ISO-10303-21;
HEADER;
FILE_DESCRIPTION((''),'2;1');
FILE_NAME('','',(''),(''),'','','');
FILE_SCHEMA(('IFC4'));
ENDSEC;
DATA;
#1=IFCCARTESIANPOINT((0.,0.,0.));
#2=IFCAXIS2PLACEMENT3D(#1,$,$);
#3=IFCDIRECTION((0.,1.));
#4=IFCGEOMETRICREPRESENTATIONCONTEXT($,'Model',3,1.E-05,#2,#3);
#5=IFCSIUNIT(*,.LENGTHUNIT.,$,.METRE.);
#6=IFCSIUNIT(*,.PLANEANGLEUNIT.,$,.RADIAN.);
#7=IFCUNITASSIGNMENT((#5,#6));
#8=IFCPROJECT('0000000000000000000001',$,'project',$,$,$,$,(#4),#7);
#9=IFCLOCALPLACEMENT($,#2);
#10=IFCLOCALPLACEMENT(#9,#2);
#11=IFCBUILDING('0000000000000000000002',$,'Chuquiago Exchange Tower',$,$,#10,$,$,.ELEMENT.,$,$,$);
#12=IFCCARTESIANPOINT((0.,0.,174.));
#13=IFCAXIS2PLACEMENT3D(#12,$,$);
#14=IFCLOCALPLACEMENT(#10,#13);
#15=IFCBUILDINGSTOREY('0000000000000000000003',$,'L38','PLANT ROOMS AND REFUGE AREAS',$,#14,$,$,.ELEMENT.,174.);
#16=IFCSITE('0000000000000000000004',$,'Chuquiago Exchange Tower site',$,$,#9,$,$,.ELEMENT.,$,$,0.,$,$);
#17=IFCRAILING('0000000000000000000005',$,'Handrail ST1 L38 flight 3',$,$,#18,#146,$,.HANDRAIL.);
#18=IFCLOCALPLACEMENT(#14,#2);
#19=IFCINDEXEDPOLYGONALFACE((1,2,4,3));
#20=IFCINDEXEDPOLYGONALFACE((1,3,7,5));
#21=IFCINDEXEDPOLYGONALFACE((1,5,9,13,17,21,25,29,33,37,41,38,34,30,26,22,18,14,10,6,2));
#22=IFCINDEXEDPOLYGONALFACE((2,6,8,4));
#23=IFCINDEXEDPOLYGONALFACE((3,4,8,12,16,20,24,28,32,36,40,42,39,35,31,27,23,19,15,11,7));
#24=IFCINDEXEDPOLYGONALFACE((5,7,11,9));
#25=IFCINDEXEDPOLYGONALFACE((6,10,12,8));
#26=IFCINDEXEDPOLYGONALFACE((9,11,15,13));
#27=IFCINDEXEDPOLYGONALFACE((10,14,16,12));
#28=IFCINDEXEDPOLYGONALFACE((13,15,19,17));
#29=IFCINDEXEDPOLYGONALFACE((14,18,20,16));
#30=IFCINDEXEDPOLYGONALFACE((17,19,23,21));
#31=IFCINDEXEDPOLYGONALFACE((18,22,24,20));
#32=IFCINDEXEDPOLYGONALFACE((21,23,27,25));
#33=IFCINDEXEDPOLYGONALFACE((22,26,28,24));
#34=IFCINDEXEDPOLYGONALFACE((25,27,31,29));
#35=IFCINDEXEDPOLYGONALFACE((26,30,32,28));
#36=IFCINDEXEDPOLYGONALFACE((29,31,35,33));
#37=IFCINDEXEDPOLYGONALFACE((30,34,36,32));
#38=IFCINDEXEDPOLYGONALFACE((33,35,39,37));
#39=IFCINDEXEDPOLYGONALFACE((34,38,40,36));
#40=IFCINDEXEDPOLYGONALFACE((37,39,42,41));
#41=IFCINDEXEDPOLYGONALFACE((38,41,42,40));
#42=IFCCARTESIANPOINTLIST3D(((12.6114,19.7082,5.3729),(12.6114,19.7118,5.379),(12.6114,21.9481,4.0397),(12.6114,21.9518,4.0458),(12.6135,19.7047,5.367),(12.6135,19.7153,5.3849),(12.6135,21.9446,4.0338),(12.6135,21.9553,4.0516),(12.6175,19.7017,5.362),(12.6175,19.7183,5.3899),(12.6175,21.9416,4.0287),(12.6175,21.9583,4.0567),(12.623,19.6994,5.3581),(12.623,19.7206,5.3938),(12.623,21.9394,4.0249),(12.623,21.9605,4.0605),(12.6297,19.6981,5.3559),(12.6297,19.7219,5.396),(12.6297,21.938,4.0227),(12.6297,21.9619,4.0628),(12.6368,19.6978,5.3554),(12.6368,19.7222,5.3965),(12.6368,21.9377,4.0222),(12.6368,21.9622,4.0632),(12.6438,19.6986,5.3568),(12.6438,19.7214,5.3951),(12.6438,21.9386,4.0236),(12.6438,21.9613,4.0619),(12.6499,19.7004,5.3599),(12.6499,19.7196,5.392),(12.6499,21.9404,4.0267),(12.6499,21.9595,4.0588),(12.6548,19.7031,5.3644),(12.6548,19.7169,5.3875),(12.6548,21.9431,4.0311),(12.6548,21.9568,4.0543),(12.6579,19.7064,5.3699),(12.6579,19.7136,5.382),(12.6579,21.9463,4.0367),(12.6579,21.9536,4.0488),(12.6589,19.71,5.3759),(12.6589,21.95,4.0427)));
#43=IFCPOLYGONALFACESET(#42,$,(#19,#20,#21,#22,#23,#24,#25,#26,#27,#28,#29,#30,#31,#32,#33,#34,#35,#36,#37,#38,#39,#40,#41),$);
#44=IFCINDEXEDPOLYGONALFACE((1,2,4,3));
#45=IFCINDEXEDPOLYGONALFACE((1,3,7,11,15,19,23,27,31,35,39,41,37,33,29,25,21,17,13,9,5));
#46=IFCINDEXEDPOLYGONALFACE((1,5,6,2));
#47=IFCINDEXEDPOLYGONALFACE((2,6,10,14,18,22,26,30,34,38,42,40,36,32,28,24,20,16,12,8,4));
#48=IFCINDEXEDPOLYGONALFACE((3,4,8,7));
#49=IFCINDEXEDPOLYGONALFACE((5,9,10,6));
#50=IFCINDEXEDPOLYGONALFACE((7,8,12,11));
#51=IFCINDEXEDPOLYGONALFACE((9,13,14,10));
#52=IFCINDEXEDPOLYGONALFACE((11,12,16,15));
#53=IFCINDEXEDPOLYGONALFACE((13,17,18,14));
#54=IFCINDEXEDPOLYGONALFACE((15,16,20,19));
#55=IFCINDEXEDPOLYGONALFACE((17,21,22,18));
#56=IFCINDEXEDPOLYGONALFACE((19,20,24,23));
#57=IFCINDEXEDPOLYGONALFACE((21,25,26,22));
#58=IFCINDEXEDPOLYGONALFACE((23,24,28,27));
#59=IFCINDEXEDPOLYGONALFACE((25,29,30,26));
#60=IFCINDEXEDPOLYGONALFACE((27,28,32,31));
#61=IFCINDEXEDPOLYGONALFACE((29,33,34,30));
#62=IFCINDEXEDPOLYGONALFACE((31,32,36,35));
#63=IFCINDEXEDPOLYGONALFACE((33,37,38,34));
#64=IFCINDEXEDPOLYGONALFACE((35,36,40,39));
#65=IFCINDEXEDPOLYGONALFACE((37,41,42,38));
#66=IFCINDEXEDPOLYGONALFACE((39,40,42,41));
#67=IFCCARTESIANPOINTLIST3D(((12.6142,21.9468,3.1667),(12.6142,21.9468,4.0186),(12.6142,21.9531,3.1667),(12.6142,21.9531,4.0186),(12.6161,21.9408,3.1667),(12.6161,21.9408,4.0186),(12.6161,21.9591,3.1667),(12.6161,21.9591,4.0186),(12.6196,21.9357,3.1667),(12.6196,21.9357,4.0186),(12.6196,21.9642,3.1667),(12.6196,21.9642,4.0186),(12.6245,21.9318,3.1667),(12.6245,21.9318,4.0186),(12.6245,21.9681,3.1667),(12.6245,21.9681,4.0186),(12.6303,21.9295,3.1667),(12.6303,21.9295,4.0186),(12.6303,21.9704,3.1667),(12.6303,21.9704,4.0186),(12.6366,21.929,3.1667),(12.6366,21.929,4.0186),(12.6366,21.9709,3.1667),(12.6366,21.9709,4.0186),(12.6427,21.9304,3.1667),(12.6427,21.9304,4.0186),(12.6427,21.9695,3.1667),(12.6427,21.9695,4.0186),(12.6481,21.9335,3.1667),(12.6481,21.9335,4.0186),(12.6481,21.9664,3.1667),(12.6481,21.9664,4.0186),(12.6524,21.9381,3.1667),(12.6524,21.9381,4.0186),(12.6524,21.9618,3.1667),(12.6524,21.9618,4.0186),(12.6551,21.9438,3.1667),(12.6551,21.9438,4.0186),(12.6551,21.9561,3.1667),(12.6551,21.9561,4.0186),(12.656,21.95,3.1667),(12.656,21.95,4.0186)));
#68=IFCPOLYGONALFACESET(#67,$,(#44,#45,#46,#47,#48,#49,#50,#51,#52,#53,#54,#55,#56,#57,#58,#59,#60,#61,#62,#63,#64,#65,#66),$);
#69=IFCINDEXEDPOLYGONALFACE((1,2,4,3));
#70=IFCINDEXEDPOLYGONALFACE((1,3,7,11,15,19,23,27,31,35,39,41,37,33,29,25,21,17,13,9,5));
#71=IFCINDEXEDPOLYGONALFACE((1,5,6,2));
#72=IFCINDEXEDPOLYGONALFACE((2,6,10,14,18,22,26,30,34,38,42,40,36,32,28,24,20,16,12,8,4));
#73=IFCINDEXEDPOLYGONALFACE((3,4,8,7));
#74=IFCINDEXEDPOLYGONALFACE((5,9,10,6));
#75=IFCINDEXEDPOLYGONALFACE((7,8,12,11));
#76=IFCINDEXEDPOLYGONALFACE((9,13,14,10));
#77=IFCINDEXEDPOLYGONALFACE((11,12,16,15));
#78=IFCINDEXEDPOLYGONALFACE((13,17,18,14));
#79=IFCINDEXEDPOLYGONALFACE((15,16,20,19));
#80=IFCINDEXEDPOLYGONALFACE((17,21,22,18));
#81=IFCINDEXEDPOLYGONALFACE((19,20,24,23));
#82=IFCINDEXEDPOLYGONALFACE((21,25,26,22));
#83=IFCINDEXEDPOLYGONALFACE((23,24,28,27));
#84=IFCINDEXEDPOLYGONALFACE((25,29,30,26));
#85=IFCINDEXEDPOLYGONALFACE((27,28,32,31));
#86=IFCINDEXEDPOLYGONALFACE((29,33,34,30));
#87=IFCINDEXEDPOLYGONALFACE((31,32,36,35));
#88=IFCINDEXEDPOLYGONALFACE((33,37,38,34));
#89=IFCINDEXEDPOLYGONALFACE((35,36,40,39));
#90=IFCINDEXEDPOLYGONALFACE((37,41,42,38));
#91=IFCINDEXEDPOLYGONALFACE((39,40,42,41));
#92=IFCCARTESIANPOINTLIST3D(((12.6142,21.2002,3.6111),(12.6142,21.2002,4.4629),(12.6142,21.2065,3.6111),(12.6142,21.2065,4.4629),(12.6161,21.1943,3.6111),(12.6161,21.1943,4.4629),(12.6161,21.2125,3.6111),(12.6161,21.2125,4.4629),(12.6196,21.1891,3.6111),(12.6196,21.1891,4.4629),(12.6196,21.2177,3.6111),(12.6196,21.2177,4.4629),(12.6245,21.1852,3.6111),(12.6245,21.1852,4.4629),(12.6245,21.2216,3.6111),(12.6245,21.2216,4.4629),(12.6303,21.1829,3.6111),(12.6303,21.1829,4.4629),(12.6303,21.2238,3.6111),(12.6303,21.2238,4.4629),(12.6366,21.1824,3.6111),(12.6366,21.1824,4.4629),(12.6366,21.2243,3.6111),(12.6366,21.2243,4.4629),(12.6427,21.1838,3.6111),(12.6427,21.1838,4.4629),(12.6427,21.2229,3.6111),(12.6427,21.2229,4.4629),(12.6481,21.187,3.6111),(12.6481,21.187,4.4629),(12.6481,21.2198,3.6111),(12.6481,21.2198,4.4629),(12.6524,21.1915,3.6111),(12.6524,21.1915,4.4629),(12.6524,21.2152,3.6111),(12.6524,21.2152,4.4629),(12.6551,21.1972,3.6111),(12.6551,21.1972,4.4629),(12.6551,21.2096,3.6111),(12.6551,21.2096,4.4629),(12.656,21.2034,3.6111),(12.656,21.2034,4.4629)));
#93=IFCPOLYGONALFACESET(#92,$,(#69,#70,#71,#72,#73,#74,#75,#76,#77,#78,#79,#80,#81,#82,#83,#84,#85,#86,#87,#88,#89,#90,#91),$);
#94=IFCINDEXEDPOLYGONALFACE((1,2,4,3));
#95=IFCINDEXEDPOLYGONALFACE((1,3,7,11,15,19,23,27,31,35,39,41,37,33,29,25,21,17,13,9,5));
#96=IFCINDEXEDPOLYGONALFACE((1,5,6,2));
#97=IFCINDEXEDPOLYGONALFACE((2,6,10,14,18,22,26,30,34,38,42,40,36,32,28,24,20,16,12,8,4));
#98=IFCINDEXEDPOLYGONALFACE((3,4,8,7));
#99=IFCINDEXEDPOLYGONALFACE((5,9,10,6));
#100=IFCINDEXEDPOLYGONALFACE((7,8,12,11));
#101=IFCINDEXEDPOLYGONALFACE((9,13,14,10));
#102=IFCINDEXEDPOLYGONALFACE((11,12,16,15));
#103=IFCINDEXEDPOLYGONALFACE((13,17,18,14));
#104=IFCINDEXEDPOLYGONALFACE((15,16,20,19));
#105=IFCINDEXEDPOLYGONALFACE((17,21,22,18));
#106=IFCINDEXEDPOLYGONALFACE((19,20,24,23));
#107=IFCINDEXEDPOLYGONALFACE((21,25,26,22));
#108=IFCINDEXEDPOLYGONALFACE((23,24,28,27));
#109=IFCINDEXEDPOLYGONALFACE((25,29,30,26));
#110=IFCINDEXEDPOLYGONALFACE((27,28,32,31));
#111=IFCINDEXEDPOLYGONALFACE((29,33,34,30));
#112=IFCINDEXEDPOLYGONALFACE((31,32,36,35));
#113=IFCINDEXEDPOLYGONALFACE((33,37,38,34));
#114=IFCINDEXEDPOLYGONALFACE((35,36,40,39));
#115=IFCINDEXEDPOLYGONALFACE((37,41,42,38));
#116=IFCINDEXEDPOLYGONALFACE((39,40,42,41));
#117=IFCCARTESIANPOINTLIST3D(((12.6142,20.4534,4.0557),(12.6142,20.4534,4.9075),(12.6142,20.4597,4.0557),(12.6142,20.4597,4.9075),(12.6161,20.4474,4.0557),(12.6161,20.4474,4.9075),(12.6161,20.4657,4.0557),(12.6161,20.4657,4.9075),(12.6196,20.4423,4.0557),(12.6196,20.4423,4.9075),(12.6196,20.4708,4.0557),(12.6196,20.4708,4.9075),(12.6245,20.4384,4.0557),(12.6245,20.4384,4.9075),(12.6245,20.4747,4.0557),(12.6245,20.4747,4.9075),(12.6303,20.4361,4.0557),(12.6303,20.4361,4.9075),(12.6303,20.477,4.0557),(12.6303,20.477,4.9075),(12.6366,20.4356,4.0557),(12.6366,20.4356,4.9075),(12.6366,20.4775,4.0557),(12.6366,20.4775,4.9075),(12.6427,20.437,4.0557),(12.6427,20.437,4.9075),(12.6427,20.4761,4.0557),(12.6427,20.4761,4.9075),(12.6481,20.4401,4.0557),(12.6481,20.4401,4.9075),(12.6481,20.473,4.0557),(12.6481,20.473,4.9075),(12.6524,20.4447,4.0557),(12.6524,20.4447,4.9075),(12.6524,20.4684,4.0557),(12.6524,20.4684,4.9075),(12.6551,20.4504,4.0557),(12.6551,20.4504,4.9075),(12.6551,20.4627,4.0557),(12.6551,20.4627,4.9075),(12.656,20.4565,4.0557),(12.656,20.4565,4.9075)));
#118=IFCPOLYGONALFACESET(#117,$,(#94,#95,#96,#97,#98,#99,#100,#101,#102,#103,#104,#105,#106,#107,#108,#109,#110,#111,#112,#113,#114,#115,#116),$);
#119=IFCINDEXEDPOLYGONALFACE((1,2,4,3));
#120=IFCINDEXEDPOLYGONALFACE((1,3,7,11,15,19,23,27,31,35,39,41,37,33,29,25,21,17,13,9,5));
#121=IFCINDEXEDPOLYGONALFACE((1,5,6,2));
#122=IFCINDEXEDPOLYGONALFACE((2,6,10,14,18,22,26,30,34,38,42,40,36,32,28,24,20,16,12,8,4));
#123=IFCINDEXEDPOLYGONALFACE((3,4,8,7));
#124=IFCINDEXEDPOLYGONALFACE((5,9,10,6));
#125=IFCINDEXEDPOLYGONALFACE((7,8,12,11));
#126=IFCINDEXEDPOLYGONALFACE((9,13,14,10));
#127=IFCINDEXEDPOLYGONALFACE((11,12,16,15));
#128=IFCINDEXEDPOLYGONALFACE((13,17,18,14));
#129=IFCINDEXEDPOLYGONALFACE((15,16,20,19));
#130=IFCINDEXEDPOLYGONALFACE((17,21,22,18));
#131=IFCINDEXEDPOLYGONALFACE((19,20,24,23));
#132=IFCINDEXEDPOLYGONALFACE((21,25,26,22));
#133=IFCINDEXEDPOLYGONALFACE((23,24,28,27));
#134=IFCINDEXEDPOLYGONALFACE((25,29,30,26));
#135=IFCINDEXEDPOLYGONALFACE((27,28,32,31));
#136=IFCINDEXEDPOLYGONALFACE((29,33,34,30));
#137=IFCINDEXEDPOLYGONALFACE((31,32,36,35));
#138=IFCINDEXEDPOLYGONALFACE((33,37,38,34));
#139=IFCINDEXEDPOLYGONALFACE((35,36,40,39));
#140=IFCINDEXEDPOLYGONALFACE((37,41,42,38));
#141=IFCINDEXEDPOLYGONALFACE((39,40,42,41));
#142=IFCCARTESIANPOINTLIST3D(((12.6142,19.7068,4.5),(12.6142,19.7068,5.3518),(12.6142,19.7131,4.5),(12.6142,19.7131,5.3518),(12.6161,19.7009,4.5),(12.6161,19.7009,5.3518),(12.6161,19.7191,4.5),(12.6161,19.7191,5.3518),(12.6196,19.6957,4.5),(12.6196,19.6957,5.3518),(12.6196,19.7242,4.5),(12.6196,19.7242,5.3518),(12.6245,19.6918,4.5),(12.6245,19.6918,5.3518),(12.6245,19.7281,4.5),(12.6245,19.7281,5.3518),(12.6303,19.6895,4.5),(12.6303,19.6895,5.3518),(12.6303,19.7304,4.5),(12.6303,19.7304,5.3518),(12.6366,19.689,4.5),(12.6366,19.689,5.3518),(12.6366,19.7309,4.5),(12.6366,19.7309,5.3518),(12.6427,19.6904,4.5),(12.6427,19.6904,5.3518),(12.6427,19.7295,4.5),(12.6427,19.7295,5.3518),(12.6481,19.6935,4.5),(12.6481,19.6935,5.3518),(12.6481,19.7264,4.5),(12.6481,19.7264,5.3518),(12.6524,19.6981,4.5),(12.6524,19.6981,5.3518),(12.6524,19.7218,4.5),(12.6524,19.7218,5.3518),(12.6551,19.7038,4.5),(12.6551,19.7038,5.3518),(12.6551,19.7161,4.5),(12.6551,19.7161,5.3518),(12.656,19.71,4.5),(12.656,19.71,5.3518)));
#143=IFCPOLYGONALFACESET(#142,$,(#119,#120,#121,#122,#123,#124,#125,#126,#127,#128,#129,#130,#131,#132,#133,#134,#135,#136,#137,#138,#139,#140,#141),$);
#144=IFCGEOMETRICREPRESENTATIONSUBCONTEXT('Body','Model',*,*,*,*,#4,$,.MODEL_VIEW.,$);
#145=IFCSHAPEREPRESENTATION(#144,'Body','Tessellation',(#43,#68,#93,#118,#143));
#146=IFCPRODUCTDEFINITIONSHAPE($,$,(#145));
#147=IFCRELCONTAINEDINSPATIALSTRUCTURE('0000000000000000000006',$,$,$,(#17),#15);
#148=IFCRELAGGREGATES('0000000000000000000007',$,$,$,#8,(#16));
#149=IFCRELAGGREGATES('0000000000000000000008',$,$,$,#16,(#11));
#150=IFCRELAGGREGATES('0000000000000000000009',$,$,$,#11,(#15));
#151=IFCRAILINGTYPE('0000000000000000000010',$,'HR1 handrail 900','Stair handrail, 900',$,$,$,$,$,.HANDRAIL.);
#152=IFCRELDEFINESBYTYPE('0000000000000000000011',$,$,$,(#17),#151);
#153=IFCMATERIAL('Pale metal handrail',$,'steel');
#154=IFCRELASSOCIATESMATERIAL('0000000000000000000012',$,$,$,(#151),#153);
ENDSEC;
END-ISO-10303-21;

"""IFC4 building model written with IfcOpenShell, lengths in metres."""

from ifc_helpers import new_model, si_unit, direction, frame, origin, origin_2d, place, context, subcontext, project, spatial, circle, extrude, material, type_object, element, save


model = new_model("IFC4")

# Units and contexts
model_context = context("Model", 3, precision=1e-05, world=origin(), true_north=direction((0.0, 1.0)))
body_context = subcontext(model_context, "Body", "Model", "MODEL_VIEW")
ifc_project = project(units=[si_unit("LENGTHUNIT", "METRE"), si_unit("PLANEANGLEUNIT", "RADIAN")], contexts=[model_context])

# Site, building, storey
site_placement = place(None, origin())
site = spatial("IfcSite", under=ifc_project, at=site_placement, Name="Chuquiago Exchange Tower site", CompositionType="ELEMENT", RefElevation=0.0)
building_placement = place(site_placement, origin())
building = spatial("IfcBuilding", under=site, at=building_placement, Name="Chuquiago Exchange Tower", CompositionType="ELEMENT")
storey_placement = place(building_placement, frame((0.0, 0.0, 174.0)))
storey = spatial("IfcBuildingStorey", under=building, at=storey_placement, Name="L38", Description="PLANT ROOMS AND REFUGE AREAS", CompositionType="ELEMENT", Elevation=174.0)

# Railing
ifc_material_1 = material(Name="Pale metal handrail", Category="steel")
railing_type = type_object("IfcRailingType", Name="HR1 handrail 900", Description="Stair handrail, 900", PredefinedType="HANDRAIL", material=ifc_material_1)
for number, where, name in (
    (1, (12.635, 21.95, 3.1667), "Handrail ST1 L38 flight 3"),
):
    element("IfcRailing", number, at=place(storey_placement, frame(where)), inside=storey, type_object=railing_type, Name=name, PredefinedType="HANDRAIL", context=body_context, shape_type="SweptSolid", body=[
        extrude(circle(Radius=0.0239, at=origin_2d()), frame((0.0, 0.0, 0.876), z_axis=(0.0, -0.859306, 0.511462), x_axis=(1.0, 0.0, 0.0)), (0.0, 0.0, 1.0), 2.6067),
        extrude(circle(Radius=0.021, at=origin_2d()), origin(), (0.0, 0.0, 1.0), 0.8518),
        extrude(circle(Radius=0.021, at=origin_2d()), frame((0.0, -0.7466, 0.4443)), (0.0, 0.0, 1.0), 0.8518),
        extrude(circle(Radius=0.021, at=origin_2d()), frame((0.0, -1.4934, 0.8889)), (0.0, 0.0, 1.0), 0.8518),
        extrude(circle(Radius=0.021, at=origin_2d()), frame((0.0, -2.24, 1.3333)), (0.0, 0.0, 1.0), 0.8518),
    ])

save(model, "model.ifc")
